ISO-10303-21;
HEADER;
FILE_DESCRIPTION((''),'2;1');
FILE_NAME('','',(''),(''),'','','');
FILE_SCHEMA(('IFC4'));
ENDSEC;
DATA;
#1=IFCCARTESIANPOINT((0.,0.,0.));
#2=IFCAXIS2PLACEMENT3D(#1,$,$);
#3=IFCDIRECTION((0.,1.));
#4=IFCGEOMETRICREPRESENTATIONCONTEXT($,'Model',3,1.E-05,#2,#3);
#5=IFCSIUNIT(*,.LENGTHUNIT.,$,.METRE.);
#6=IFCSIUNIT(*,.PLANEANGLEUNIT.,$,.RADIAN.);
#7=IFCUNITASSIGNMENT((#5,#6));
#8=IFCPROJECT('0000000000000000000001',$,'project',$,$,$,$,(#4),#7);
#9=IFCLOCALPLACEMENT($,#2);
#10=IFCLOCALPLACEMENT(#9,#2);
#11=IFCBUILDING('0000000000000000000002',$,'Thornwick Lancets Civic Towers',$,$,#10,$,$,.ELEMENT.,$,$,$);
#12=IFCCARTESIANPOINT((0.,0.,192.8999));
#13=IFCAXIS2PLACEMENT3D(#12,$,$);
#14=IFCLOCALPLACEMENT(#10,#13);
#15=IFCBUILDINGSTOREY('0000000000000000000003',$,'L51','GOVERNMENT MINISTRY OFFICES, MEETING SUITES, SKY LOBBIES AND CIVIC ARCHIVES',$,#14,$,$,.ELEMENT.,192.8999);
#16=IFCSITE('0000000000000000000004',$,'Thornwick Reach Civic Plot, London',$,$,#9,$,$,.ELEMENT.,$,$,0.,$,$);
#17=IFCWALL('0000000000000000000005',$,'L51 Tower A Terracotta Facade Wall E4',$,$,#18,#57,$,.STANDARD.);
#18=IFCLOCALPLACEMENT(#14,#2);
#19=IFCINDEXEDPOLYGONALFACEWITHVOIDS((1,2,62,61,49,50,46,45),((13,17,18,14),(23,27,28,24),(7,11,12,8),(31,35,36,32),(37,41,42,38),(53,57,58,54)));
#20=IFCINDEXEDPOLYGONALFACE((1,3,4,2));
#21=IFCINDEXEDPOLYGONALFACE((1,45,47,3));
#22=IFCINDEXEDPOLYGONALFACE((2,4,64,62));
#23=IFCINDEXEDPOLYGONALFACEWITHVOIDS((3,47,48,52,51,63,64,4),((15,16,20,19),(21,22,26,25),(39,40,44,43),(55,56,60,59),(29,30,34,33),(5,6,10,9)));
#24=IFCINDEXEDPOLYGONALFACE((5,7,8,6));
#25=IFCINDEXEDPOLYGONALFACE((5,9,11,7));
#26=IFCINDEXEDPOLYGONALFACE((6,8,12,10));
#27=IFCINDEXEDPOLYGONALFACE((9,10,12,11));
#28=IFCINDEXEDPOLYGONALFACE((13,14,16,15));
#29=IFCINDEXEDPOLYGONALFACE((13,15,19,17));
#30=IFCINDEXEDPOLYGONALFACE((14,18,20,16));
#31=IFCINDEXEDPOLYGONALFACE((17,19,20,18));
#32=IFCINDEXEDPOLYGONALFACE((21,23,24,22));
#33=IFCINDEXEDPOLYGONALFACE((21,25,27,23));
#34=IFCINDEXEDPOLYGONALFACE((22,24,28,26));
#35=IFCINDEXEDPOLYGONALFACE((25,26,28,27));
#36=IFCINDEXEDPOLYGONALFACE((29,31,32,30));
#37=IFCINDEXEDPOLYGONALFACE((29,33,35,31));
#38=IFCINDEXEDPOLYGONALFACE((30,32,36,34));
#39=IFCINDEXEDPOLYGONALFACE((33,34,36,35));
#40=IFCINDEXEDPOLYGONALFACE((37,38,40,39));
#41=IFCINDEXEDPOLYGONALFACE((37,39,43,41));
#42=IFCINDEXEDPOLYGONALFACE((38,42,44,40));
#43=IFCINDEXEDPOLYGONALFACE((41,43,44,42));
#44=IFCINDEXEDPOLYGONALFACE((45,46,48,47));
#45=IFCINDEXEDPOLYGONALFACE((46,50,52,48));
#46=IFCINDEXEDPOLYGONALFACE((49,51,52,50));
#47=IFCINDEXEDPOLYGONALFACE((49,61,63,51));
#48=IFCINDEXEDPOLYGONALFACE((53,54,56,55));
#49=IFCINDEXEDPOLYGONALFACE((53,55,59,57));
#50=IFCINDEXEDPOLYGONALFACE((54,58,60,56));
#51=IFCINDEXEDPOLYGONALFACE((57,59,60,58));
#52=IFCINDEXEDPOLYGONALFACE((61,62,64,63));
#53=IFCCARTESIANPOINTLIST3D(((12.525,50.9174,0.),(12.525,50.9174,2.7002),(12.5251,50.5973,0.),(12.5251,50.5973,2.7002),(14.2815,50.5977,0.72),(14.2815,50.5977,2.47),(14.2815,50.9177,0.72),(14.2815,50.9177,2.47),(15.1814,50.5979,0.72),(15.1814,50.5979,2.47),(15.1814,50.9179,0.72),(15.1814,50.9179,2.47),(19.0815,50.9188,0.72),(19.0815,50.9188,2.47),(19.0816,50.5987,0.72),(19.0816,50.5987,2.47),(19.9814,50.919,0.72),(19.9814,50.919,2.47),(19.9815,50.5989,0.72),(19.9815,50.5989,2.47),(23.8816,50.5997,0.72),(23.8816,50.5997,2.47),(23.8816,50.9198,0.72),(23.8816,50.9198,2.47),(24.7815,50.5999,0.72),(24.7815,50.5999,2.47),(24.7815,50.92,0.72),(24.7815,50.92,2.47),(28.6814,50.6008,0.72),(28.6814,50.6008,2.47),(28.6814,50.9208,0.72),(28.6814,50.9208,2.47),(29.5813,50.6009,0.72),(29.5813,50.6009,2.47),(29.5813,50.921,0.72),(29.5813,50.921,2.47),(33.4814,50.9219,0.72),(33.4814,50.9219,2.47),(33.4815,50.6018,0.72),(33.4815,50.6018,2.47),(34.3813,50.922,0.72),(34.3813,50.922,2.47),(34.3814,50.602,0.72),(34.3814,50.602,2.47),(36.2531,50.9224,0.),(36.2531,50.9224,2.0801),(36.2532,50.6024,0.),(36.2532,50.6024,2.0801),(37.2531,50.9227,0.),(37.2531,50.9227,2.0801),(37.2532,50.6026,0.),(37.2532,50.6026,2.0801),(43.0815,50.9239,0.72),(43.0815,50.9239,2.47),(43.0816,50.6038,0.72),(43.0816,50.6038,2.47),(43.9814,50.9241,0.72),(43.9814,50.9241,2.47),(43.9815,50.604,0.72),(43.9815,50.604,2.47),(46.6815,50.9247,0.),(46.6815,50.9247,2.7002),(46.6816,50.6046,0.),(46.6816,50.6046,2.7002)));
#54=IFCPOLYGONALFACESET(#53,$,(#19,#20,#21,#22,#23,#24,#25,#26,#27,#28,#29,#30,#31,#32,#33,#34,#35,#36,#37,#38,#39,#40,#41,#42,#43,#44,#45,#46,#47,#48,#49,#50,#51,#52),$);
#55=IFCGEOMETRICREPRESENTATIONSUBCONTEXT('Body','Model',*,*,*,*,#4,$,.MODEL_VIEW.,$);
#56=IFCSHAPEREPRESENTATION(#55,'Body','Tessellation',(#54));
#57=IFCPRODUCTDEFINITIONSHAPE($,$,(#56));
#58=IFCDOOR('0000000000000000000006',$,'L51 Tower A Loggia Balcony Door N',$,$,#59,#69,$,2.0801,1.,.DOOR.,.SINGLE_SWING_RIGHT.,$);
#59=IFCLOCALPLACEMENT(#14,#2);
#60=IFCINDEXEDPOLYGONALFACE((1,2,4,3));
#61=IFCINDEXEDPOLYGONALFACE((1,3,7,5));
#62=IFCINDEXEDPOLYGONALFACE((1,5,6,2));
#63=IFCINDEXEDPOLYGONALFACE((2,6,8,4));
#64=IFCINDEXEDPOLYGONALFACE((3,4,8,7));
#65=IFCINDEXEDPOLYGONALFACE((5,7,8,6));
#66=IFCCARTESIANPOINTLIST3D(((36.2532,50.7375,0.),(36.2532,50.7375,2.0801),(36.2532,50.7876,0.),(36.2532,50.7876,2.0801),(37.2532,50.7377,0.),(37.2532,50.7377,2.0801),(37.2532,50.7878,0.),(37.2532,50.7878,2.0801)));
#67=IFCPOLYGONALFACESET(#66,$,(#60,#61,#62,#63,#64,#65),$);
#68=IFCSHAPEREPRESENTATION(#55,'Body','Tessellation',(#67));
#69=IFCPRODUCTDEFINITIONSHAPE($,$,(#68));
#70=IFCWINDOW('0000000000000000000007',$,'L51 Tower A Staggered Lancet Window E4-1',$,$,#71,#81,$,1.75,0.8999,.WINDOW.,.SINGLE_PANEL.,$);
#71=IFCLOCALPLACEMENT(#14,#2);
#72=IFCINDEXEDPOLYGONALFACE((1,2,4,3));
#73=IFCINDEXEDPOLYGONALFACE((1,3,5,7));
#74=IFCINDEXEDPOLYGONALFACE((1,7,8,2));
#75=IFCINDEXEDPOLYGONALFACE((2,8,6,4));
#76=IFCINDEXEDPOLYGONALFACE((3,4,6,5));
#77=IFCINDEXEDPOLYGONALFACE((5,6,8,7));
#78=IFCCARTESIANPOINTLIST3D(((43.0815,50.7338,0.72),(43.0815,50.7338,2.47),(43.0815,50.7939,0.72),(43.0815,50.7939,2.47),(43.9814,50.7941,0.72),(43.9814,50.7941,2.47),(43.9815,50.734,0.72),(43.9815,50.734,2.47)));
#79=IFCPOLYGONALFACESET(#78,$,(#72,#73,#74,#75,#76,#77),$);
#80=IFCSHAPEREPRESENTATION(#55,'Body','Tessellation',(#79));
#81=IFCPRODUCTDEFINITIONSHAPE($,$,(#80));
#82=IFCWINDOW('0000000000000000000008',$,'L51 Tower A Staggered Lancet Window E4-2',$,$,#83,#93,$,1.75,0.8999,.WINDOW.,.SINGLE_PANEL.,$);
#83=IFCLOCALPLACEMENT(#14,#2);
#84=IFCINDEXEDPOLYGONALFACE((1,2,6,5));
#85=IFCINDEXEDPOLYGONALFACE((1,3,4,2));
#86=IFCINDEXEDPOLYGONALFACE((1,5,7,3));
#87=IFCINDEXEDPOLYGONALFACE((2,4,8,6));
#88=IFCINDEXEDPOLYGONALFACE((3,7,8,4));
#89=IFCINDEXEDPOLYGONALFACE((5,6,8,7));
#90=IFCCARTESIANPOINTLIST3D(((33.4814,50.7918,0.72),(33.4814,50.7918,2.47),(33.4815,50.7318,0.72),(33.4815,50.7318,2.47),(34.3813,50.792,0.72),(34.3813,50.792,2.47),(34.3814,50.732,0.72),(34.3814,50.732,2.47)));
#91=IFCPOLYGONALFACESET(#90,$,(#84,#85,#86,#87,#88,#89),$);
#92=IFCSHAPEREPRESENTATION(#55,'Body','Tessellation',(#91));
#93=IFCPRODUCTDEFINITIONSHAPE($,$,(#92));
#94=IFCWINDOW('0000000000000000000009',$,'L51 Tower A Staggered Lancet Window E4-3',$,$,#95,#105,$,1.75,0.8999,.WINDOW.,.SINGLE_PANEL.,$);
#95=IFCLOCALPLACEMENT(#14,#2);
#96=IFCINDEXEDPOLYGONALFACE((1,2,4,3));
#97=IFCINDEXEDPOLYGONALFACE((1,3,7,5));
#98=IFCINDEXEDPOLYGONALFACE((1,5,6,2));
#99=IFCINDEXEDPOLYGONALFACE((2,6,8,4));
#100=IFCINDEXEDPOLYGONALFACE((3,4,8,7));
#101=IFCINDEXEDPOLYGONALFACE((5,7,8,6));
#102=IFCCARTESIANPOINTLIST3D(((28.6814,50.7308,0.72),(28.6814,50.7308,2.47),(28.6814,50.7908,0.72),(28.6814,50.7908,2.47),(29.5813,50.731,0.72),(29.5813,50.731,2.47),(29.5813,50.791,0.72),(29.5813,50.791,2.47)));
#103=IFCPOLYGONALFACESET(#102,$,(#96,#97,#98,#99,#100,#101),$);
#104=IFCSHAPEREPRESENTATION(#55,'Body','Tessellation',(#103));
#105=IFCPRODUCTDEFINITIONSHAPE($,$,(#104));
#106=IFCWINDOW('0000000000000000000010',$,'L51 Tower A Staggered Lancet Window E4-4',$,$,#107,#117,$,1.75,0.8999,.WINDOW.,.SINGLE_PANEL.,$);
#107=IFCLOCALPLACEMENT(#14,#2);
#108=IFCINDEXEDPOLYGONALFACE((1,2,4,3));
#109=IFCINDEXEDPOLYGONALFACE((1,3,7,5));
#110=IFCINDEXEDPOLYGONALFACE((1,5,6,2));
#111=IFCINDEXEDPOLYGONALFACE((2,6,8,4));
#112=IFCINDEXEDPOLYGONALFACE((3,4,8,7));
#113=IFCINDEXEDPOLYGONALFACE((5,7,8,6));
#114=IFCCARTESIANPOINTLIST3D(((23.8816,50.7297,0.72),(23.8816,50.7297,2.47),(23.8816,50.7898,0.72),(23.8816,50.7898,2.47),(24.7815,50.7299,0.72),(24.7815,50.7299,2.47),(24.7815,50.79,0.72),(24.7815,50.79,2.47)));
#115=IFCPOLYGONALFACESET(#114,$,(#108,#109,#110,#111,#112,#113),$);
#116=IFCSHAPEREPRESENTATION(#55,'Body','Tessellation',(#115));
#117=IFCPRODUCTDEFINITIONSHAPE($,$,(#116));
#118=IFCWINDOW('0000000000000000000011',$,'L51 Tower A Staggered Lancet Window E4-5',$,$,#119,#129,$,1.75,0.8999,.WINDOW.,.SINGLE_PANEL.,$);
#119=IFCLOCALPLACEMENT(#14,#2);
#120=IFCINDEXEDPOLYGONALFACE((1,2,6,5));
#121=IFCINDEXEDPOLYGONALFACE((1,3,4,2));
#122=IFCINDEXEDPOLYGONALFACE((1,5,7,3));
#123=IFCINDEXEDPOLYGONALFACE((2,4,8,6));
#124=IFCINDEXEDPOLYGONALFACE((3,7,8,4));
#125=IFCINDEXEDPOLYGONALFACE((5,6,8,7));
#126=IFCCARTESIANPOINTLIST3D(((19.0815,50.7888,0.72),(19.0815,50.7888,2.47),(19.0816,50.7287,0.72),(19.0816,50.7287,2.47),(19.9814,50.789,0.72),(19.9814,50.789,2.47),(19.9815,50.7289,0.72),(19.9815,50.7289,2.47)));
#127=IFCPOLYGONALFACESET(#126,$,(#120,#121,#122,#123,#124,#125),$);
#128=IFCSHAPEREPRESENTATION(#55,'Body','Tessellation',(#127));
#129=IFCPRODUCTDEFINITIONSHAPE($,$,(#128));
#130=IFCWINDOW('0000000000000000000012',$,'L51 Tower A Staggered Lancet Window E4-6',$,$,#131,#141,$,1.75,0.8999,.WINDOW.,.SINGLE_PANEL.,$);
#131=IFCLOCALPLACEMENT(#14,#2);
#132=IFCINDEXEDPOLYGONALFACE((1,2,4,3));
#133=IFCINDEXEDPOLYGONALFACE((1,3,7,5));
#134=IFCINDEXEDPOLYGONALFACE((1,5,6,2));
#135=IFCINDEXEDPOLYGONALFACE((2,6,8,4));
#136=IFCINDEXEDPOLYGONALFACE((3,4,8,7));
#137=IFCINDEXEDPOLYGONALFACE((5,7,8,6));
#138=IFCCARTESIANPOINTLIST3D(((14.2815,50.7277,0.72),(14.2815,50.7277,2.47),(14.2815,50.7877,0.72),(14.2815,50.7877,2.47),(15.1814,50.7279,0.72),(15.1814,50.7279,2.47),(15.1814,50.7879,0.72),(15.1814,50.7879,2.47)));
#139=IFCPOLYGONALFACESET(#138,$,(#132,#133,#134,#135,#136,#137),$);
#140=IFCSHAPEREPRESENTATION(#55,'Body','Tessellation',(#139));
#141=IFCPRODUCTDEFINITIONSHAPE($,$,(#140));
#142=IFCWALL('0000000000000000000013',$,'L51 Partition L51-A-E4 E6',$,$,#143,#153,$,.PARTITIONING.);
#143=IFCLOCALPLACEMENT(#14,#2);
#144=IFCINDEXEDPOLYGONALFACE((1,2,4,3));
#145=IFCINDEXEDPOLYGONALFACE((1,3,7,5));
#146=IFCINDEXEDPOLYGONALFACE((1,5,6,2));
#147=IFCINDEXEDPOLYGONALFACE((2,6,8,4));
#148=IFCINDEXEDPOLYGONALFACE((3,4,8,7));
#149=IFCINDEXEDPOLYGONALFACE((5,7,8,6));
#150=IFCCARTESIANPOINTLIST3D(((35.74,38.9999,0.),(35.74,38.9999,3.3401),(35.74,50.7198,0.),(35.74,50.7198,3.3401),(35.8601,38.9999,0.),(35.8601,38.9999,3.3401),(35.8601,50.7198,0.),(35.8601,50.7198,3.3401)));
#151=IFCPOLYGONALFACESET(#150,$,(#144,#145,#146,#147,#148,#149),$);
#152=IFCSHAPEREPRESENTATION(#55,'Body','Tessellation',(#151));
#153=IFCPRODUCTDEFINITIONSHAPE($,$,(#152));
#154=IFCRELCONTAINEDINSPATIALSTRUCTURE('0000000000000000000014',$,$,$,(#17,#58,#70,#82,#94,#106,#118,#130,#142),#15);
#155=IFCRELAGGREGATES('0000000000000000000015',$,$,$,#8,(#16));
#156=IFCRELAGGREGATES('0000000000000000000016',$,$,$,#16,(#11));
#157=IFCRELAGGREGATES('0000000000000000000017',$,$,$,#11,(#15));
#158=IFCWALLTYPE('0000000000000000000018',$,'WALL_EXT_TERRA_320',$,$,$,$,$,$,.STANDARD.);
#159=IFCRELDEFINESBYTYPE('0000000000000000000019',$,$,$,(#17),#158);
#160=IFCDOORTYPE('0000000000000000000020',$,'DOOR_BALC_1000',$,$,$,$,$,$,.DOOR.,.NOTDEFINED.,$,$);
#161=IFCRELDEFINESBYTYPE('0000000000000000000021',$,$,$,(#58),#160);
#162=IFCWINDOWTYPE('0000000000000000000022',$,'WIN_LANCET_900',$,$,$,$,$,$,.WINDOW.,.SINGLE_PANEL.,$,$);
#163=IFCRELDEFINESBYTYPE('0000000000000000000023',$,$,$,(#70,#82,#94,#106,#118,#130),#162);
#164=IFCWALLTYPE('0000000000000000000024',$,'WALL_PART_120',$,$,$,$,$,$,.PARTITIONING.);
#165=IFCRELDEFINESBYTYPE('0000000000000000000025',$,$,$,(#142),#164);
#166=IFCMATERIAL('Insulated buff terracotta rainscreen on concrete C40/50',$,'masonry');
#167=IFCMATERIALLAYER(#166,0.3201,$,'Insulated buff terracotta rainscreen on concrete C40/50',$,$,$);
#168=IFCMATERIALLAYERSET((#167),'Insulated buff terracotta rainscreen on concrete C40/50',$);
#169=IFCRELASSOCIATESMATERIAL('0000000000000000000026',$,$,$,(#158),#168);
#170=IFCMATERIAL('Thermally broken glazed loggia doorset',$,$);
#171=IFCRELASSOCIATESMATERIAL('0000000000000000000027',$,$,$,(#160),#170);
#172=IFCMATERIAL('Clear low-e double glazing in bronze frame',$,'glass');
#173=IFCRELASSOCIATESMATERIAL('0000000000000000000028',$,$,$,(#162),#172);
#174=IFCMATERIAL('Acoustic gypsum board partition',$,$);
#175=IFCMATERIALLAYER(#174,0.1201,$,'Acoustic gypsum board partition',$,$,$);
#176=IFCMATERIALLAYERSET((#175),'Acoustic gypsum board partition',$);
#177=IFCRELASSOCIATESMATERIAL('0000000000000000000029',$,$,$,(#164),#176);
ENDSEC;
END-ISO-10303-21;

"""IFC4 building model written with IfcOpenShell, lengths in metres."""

from ifc_helpers import new_model, si_unit, direction, frame, frame_2d, origin, place, context, subcontext, project, spatial, rectangle, extrude, material, layer, layer_set, type_object, element, fill, save


model = new_model("IFC4")

# Units and contexts
model_context = context("Model", 3, precision=1e-05, world=origin(), true_north=direction((0.0, 1.0)))
body_context = subcontext(model_context, "Body", "Model", "MODEL_VIEW")
ifc_project = project(units=[si_unit("LENGTHUNIT", "METRE"), si_unit("PLANEANGLEUNIT", "RADIAN")], contexts=[model_context])

# Site, building, storey
site_placement = place(None, origin())
site = spatial("IfcSite", under=ifc_project, at=site_placement, Name="Thornwick Reach Civic Plot, London", CompositionType="ELEMENT", RefElevation=0.0)
building_placement = place(site_placement, origin())
building = spatial("IfcBuilding", under=site, at=building_placement, Name="Thornwick Lancets Civic Towers", CompositionType="ELEMENT")
storey_placement = place(building_placement, frame((0.0, 0.0, 192.8999)))
storey = spatial("IfcBuildingStorey", under=building, at=storey_placement, Name="L51", Description="GOVERNMENT MINISTRY OFFICES, MEETING SUITES, SKY LOBBIES AND CIVIC ARCHIVES", CompositionType="ELEMENT", Elevation=192.8999)

# Wall, openings, door, windows
ifc_material_1 = material(Name="Insulated buff terracotta rainscreen on concrete C40/50", Category="masonry")
ifc_layer_1 = layer(ifc_material_1, 0.3201, Name="Insulated buff terracotta rainscreen on concrete C40/50")
ifc_layer_set_1 = layer_set([ifc_layer_1], Name="Insulated buff terracotta rainscreen on concrete C40/50")
wall_type_1 = type_object("IfcWallType", Name="WALL_EXT_TERRA_320", PredefinedType="STANDARD", material=ifc_layer_set_1)
wall_1_placement = place(storey_placement, frame((46.6814, 50.7646, 0.0), z_axis=(0.0, 0.0, 1.0), x_axis=(-1.0, -0.000214, 0.0)))
wall_1 = element("IfcWall", 1, at=wall_1_placement, inside=storey, type_object=wall_type_1, Name="L51 Tower A Terracotta Facade Wall E4", PredefinedType="STANDARD", context=body_context, shape_type="SweptSolid", body=[
    extrude(rectangle(XDim=34.1565, YDim=0.3201, at=frame_2d((17.0781, 0.0))), origin(), (0.0, 0.0, 1.0), 2.7002),
])
opening_1_placement = place(wall_1_placement, frame((9.4282, 0.0, 0.0)))
opening_1 = element("IfcOpeningElement", 2, at=opening_1_placement, cuts=wall_1, PredefinedType="OPENING", context=body_context, shape_type="SweptSolid", body=[
    extrude(rectangle(XDim=1.0, YDim=2.0801, at=frame_2d((0.5, 1.04))), frame((0.0, 0.1699, 0.0), z_axis=(0.0, -1.0, 0.0), x_axis=(1.0, 0.0, 0.0)), (0.0, 0.0, 1.0), 0.3401),
])
opening_2_placement = place(wall_1_placement, frame((2.7, 0.0, 0.72)))
opening_2 = element("IfcOpeningElement", 3, at=opening_2_placement, cuts=wall_1, PredefinedType="OPENING", context=body_context, shape_type="SweptSolid", body=[
    extrude(rectangle(XDim=0.8999, YDim=1.75, at=frame_2d((0.45, 0.875))), frame((0.0, 0.1699, 0.0), z_axis=(0.0, -1.0, 0.0), x_axis=(1.0, 0.0, 0.0)), (0.0, 0.0, 1.0), 0.3401),
])
opening_3_placement = place(wall_1_placement, frame((12.3, 0.0, 0.72)))
opening_3 = element("IfcOpeningElement", 4, at=opening_3_placement, cuts=wall_1, PredefinedType="OPENING", context=body_context, shape_type="SweptSolid", body=[
    extrude(rectangle(XDim=0.8999, YDim=1.75, at=frame_2d((0.45, 0.875))), frame((0.0, 0.1699, 0.0), z_axis=(0.0, -1.0, 0.0), x_axis=(1.0, 0.0, 0.0)), (0.0, 0.0, 1.0), 0.3401),
])
opening_4_placement = place(wall_1_placement, frame((17.1001, 0.0, 0.72)))
opening_4 = element("IfcOpeningElement", 5, at=opening_4_placement, cuts=wall_1, PredefinedType="OPENING", context=body_context, shape_type="SweptSolid", body=[
    extrude(rectangle(XDim=0.8999, YDim=1.75, at=frame_2d((0.45, 0.875))), frame((0.0, 0.1699, 0.0), z_axis=(0.0, -1.0, 0.0), x_axis=(1.0, 0.0, 0.0)), (0.0, 0.0, 1.0), 0.3401),
])
opening_5_placement = place(wall_1_placement, frame((21.8999, 0.0, 0.72)))
opening_5 = element("IfcOpeningElement", 6, at=opening_5_placement, cuts=wall_1, PredefinedType="OPENING", context=body_context, shape_type="SweptSolid", body=[
    extrude(rectangle(XDim=0.8999, YDim=1.75, at=frame_2d((0.45, 0.875))), frame((0.0, 0.1699, 0.0), z_axis=(0.0, -1.0, 0.0), x_axis=(1.0, 0.0, 0.0)), (0.0, 0.0, 1.0), 0.3401),
])
opening_6_placement = place(wall_1_placement, frame((26.7, 0.0, 0.72)))
opening_6 = element("IfcOpeningElement", 7, at=opening_6_placement, cuts=wall_1, PredefinedType="OPENING", context=body_context, shape_type="SweptSolid", body=[
    extrude(rectangle(XDim=0.8999, YDim=1.75, at=frame_2d((0.45, 0.875))), frame((0.0, 0.1699, 0.0), z_axis=(0.0, -1.0, 0.0), x_axis=(1.0, 0.0, 0.0)), (0.0, 0.0, 1.0), 0.3401),
])
opening_7_placement = place(wall_1_placement, frame((31.5, 0.0, 0.72)))
opening_7 = element("IfcOpeningElement", 8, at=opening_7_placement, cuts=wall_1, PredefinedType="OPENING", context=body_context, shape_type="SweptSolid", body=[
    extrude(rectangle(XDim=0.8999, YDim=1.75, at=frame_2d((0.45, 0.875))), frame((0.0, 0.1699, 0.0), z_axis=(0.0, -1.0, 0.0), x_axis=(1.0, 0.0, 0.0)), (0.0, 0.0, 1.0), 0.3401),
])
ifc_material_2 = material(Name="Thermally broken glazed loggia doorset")
door_type = type_object("IfcDoorType", Name="DOOR_BALC_1000", OperationType="NOTDEFINED", PredefinedType="DOOR", material=ifc_material_2)
door_placement = place(opening_1_placement, origin())
door = element("IfcDoor", 9, at=door_placement, inside=storey, type_object=door_type, Name="L51 Tower A Loggia Balcony Door N", OperationType="SINGLE_SWING_RIGHT", OverallHeight=2.0801, OverallWidth=1.0, PredefinedType="DOOR", context=body_context, shape_type="SweptSolid", body=[
    extrude(rectangle(XDim=1.0, YDim=2.0801, at=frame_2d((0.5, 1.04))), frame((0.0, 0.0249, 0.0), z_axis=(0.0, -1.0, 0.0), x_axis=(1.0, 0.0, 0.0)), (0.0, 0.0, 1.0), 0.05),
])
fill(opening_1, door)
ifc_material_3 = material(Name="Clear low-e double glazing in bronze frame", Category="glass")
window_type = type_object("IfcWindowType", Name="WIN_LANCET_900", PartitioningType="SINGLE_PANEL", PredefinedType="WINDOW", material=ifc_material_3)
window_1_placement = place(opening_2_placement, origin())
window_1 = element("IfcWindow", 10, at=window_1_placement, inside=storey, type_object=window_type, Name="L51 Tower A Staggered Lancet Window E4-1", OverallHeight=1.75, OverallWidth=0.8999, PartitioningType="SINGLE_PANEL", PredefinedType="WINDOW", context=body_context, shape_type="SweptSolid", body=[
    extrude(rectangle(XDim=0.8999, YDim=1.75, at=frame_2d((0.45, 0.875))), frame((0.0, 0.03, 0.0), z_axis=(0.0, -1.0, 0.0), x_axis=(1.0, 0.0, 0.0)), (0.0, 0.0, 1.0), 0.0601),
])
fill(opening_2, window_1)
window_2_placement = place(opening_3_placement, origin())
window_2 = element("IfcWindow", 11, at=window_2_placement, inside=storey, type_object=window_type, Name="L51 Tower A Staggered Lancet Window E4-2", OverallHeight=1.75, OverallWidth=0.8999, PartitioningType="SINGLE_PANEL", PredefinedType="WINDOW", context=body_context, shape_type="SweptSolid", body=[
    extrude(rectangle(XDim=0.8999, YDim=1.75, at=frame_2d((0.45, 0.875))), frame((0.0, 0.03, 0.0), z_axis=(0.0, -1.0, 0.0), x_axis=(1.0, 0.0, 0.0)), (0.0, 0.0, 1.0), 0.0601),
])
fill(opening_3, window_2)
window_3_placement = place(opening_4_placement, origin())
window_3 = element("IfcWindow", 12, at=window_3_placement, inside=storey, type_object=window_type, Name="L51 Tower A Staggered Lancet Window E4-3", OverallHeight=1.75, OverallWidth=0.8999, PartitioningType="SINGLE_PANEL", PredefinedType="WINDOW", context=body_context, shape_type="SweptSolid", body=[
    extrude(rectangle(XDim=0.8999, YDim=1.75, at=frame_2d((0.45, 0.875))), frame((0.0, 0.03, 0.0), z_axis=(0.0, -1.0, 0.0), x_axis=(1.0, 0.0, 0.0)), (0.0, 0.0, 1.0), 0.0601),
])
fill(opening_4, window_3)
window_4_placement = place(opening_5_placement, origin())
window_4 = element("IfcWindow", 13, at=window_4_placement, inside=storey, type_object=window_type, Name="L51 Tower A Staggered Lancet Window E4-4", OverallHeight=1.75, OverallWidth=0.8999, PartitioningType="SINGLE_PANEL", PredefinedType="WINDOW", context=body_context, shape_type="SweptSolid", body=[
    extrude(rectangle(XDim=0.8999, YDim=1.75, at=frame_2d((0.45, 0.875))), frame((0.0, 0.03, 0.0), z_axis=(0.0, -1.0, 0.0), x_axis=(1.0, 0.0, 0.0)), (0.0, 0.0, 1.0), 0.0601),
])
fill(opening_5, window_4)
window_5_placement = place(opening_6_placement, origin())
window_5 = element("IfcWindow", 14, at=window_5_placement, inside=storey, type_object=window_type, Name="L51 Tower A Staggered Lancet Window E4-5", OverallHeight=1.75, OverallWidth=0.8999, PartitioningType="SINGLE_PANEL", PredefinedType="WINDOW", context=body_context, shape_type="SweptSolid", body=[
    extrude(rectangle(XDim=0.8999, YDim=1.75, at=frame_2d((0.45, 0.875))), frame((0.0, 0.03, 0.0), z_axis=(0.0, -1.0, 0.0), x_axis=(1.0, 0.0, 0.0)), (0.0, 0.0, 1.0), 0.0601),
])
fill(opening_6, window_5)
window_6_placement = place(opening_7_placement, origin())
window_6 = element("IfcWindow", 15, at=window_6_placement, inside=storey, type_object=window_type, Name="L51 Tower A Staggered Lancet Window E4-6", OverallHeight=1.75, OverallWidth=0.8999, PartitioningType="SINGLE_PANEL", PredefinedType="WINDOW", context=body_context, shape_type="SweptSolid", body=[
    extrude(rectangle(XDim=0.8999, YDim=1.75, at=frame_2d((0.45, 0.875))), frame((0.0, 0.03, 0.0), z_axis=(0.0, -1.0, 0.0), x_axis=(1.0, 0.0, 0.0)), (0.0, 0.0, 1.0), 0.0601),
])
fill(opening_7, window_6)

# Wall
ifc_material_4 = material(Name="Acoustic gypsum board partition")
ifc_layer_2 = layer(ifc_material_4, 0.1201, Name="Acoustic gypsum board partition")
ifc_layer_set_2 = layer_set([ifc_layer_2], Name="Acoustic gypsum board partition")
wall_type_2 = type_object("IfcWallType", Name="WALL_PART_120", PredefinedType="PARTITIONING", material=ifc_layer_set_2)
wall_2_placement = place(storey_placement, frame((35.8, 39.0, 0.0), z_axis=(0.0, 0.0, 1.0), x_axis=(0.0, 1.0, 0.0)))
element("IfcWall", 16, at=wall_2_placement, inside=storey, type_object=wall_type_2, Name="L51 Partition L51-A-E4 E6", PredefinedType="PARTITIONING", context=body_context, shape_type="SweptSolid", body=[
    extrude(rectangle(XDim=11.72, YDim=0.1201, at=frame_2d((5.8599, 0.0))), origin(), (0.0, 0.0, 1.0), 3.3401),
])

save(model, "model.ifc")
